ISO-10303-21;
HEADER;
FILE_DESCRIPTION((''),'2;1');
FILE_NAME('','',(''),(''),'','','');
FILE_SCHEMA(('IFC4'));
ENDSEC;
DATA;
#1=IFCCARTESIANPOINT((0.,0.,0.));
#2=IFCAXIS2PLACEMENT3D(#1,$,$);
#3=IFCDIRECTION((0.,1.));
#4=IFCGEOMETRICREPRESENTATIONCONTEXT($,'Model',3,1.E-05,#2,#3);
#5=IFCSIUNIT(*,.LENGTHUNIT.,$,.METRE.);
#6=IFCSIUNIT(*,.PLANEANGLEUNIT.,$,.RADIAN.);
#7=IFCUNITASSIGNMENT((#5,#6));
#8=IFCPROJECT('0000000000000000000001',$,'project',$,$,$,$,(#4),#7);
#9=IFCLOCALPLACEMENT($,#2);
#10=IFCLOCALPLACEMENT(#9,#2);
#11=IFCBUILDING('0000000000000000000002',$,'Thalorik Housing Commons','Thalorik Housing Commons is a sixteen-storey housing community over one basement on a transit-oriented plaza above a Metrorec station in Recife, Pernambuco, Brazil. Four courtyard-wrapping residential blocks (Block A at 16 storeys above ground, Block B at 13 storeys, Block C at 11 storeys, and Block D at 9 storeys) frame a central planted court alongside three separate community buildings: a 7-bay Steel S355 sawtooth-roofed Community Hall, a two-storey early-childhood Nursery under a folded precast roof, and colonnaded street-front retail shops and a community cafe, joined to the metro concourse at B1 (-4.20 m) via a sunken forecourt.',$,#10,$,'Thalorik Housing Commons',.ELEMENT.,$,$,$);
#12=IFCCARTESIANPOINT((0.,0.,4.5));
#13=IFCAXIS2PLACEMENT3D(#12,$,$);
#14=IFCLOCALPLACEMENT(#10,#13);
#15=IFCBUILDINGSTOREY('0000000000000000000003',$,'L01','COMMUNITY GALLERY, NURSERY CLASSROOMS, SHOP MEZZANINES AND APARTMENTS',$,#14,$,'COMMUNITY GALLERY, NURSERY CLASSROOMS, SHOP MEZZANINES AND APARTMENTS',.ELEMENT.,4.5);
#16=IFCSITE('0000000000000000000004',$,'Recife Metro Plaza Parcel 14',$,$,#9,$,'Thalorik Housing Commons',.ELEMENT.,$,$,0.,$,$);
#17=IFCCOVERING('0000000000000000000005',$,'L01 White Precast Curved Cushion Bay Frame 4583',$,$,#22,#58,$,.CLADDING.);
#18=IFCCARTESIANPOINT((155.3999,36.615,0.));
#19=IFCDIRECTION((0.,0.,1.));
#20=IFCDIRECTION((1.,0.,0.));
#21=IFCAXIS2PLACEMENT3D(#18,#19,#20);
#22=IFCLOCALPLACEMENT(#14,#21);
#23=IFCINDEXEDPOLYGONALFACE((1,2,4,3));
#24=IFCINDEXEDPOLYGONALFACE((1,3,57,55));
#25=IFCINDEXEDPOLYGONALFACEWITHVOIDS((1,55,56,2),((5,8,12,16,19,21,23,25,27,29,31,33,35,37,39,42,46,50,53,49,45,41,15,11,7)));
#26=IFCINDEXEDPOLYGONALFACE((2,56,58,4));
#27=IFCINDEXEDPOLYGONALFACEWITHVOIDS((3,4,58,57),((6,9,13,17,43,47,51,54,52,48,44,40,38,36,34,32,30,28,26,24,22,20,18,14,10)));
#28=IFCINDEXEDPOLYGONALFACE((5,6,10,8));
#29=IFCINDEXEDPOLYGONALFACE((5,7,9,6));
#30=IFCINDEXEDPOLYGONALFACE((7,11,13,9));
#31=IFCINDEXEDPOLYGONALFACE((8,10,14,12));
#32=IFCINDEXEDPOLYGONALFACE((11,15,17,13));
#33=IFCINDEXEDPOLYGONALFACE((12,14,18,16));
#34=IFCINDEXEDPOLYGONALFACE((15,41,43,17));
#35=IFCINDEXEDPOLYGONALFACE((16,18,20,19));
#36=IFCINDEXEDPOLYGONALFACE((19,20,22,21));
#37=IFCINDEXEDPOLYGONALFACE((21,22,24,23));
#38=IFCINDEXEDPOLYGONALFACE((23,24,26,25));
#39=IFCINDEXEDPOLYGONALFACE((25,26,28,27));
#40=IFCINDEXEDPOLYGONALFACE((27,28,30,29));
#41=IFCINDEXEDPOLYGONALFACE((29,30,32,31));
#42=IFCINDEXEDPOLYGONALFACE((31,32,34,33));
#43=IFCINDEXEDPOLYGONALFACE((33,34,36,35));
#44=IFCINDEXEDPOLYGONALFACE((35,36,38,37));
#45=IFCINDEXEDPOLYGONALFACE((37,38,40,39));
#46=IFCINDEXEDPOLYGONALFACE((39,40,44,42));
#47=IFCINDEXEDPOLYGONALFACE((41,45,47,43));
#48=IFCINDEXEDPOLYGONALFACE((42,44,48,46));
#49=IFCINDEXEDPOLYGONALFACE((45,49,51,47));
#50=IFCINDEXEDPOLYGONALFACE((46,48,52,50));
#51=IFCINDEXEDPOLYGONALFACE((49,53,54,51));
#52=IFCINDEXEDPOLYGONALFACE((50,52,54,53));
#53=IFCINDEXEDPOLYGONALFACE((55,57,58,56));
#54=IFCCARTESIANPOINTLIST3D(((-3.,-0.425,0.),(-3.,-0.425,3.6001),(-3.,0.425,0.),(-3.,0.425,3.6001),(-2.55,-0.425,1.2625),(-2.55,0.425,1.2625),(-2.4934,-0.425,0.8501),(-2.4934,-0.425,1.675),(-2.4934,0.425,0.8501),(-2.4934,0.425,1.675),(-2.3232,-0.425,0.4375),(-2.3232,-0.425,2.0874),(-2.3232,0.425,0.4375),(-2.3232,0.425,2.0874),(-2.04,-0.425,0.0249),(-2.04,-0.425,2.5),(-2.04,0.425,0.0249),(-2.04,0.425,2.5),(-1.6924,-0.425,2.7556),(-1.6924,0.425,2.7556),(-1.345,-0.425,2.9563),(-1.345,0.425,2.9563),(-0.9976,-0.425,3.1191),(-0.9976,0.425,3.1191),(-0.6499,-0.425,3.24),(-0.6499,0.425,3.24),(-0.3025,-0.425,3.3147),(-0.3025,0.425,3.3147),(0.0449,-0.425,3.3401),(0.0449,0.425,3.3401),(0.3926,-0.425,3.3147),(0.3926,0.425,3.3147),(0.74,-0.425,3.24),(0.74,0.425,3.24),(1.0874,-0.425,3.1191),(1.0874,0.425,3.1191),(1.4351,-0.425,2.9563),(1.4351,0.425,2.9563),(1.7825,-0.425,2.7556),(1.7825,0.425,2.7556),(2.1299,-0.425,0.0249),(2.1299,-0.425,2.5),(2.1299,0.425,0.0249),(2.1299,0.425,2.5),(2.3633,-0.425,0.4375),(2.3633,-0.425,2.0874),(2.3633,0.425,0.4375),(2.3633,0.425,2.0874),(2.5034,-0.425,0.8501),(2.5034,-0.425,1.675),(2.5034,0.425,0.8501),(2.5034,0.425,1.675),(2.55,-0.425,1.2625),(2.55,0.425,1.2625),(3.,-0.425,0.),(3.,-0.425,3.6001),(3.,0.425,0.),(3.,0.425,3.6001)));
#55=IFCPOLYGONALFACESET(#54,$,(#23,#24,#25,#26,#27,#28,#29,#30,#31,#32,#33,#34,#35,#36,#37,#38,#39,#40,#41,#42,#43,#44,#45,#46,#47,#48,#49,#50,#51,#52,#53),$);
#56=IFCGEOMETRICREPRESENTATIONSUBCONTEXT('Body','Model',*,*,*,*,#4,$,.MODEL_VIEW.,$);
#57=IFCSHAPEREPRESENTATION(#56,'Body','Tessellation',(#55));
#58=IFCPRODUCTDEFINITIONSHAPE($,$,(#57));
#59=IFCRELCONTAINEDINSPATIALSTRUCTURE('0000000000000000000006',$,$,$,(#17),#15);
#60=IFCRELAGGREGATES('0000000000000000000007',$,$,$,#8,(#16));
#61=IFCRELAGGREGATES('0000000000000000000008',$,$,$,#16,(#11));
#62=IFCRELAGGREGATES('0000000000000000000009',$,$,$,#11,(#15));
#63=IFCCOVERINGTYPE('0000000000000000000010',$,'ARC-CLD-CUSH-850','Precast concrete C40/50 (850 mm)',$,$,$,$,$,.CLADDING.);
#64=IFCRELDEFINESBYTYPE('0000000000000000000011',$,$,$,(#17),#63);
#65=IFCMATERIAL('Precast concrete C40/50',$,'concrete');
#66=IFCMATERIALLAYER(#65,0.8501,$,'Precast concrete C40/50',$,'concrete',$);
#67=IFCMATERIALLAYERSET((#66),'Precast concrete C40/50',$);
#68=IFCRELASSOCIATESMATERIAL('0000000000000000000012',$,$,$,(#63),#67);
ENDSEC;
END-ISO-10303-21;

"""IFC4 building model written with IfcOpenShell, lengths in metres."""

from ifc_helpers import new_model, si_unit, direction, frame, origin, place, context, subcontext, project, spatial, polyline, outline, extrude, material, layer, layer_set, type_object, element, save


model = new_model("IFC4")

# Units and contexts
model_context = context("Model", 3, precision=1e-05, world=origin(), true_north=direction((0.0, 1.0)))
body_context = subcontext(model_context, "Body", "Model", "MODEL_VIEW")
ifc_project = project(units=[si_unit("LENGTHUNIT", "METRE"), si_unit("PLANEANGLEUNIT", "RADIAN")], contexts=[model_context])

# Site, building, storey
site_placement = place(None, origin())
site = spatial("IfcSite", under=ifc_project, at=site_placement, Name="Recife Metro Plaza Parcel 14", LongName="Thalorik Housing Commons", CompositionType="ELEMENT", RefElevation=0.0)
building_placement = place(site_placement, origin())
building = spatial("IfcBuilding", under=site, at=building_placement, Name="Thalorik Housing Commons", Description="Thalorik Housing Commons is a sixteen-storey housing community over one basement on a transit-oriented plaza above a Metrorec station in Recife, Pernambuco, Brazil. Four courtyard-wrapping residential blocks (Block A at 16 storeys above ground, Block B at 13 storeys, Block C at 11 storeys, and Block D at 9 storeys) frame a central planted court alongside three separate community buildings: a 7-bay Steel S355 sawtooth-roofed Community Hall, a two-storey early-childhood Nursery under a folded precast roof, and colonnaded street-front retail shops and a community cafe, joined to the metro concourse at B1 (-4.20 m) via a sunken forecourt.", LongName="Thalorik Housing Commons", CompositionType="ELEMENT")
storey_placement = place(building_placement, frame((0.0, 0.0, 4.5)))
storey = spatial("IfcBuildingStorey", under=building, at=storey_placement, Name="L01", Description="COMMUNITY GALLERY, NURSERY CLASSROOMS, SHOP MEZZANINES AND APARTMENTS", LongName="COMMUNITY GALLERY, NURSERY CLASSROOMS, SHOP MEZZANINES AND APARTMENTS", CompositionType="ELEMENT", Elevation=4.5)

# Shared definitions
ifc_material_1 = material(Name="Precast concrete C40/50", Category="concrete")

# Covering
ifc_layer_1 = layer(ifc_material_1, 0.8501, Name="Precast concrete C40/50", Category="concrete")
ifc_layer_set_1 = layer_set([ifc_layer_1], Name="Precast concrete C40/50")
covering_type_1 = type_object("IfcCoveringType", Name="ARC-CLD-CUSH-850", Description="Precast concrete C40/50 (850 mm)", PredefinedType="CLADDING", material=ifc_layer_set_1)
covering_1_placement = place(storey_placement, frame((155.3999, 36.615, 0.0), z_axis=(0.0, 0.0, 1.0), x_axis=(1.0, 0.0, 0.0)))
element("IfcCovering", 1, at=covering_1_placement, inside=storey, type_object=covering_type_1, Name="L01 White Precast Curved Cushion Bay Frame 4583", PredefinedType="CLADDING", context=body_context, shape_type="SweptSolid", body=[
    extrude(outline(polyline([(-3.0, 0.0), (3.0, 0.0), (3.0, 3.6001), (-3.0, 3.6001), (-3.0, 0.0)]), holes=[polyline([(2.1299, 0.0249), (2.3633, 0.4375), (2.5034, 0.8501), (2.55, 1.2625), (2.5034, 1.675), (2.3633, 2.0874), (2.1299, 2.5), (1.7825, 2.7556), (1.4351, 2.9563), (1.0874, 3.1191), (0.74, 3.24), (0.3926, 3.3147), (0.0449, 3.3401), (-0.3025, 3.3147), (-0.6499, 3.24), (-0.9976, 3.1191), (-1.345, 2.9563), (-1.6924, 2.7556), (-2.04, 2.5), (-2.3232, 2.0874), (-2.4934, 1.675), (-2.55, 1.2625), (-2.4934, 0.8501), (-2.3232, 0.4375), (-2.04, 0.0249), (2.1299, 0.0249)])]), frame((0.0, 0.425, 0.0), z_axis=(0.0, -1.0, 0.0), x_axis=(1.0, 0.0, 0.0)), (0.0, 0.0, 1.0), 0.8501),
])

save(model, "model.ifc")
